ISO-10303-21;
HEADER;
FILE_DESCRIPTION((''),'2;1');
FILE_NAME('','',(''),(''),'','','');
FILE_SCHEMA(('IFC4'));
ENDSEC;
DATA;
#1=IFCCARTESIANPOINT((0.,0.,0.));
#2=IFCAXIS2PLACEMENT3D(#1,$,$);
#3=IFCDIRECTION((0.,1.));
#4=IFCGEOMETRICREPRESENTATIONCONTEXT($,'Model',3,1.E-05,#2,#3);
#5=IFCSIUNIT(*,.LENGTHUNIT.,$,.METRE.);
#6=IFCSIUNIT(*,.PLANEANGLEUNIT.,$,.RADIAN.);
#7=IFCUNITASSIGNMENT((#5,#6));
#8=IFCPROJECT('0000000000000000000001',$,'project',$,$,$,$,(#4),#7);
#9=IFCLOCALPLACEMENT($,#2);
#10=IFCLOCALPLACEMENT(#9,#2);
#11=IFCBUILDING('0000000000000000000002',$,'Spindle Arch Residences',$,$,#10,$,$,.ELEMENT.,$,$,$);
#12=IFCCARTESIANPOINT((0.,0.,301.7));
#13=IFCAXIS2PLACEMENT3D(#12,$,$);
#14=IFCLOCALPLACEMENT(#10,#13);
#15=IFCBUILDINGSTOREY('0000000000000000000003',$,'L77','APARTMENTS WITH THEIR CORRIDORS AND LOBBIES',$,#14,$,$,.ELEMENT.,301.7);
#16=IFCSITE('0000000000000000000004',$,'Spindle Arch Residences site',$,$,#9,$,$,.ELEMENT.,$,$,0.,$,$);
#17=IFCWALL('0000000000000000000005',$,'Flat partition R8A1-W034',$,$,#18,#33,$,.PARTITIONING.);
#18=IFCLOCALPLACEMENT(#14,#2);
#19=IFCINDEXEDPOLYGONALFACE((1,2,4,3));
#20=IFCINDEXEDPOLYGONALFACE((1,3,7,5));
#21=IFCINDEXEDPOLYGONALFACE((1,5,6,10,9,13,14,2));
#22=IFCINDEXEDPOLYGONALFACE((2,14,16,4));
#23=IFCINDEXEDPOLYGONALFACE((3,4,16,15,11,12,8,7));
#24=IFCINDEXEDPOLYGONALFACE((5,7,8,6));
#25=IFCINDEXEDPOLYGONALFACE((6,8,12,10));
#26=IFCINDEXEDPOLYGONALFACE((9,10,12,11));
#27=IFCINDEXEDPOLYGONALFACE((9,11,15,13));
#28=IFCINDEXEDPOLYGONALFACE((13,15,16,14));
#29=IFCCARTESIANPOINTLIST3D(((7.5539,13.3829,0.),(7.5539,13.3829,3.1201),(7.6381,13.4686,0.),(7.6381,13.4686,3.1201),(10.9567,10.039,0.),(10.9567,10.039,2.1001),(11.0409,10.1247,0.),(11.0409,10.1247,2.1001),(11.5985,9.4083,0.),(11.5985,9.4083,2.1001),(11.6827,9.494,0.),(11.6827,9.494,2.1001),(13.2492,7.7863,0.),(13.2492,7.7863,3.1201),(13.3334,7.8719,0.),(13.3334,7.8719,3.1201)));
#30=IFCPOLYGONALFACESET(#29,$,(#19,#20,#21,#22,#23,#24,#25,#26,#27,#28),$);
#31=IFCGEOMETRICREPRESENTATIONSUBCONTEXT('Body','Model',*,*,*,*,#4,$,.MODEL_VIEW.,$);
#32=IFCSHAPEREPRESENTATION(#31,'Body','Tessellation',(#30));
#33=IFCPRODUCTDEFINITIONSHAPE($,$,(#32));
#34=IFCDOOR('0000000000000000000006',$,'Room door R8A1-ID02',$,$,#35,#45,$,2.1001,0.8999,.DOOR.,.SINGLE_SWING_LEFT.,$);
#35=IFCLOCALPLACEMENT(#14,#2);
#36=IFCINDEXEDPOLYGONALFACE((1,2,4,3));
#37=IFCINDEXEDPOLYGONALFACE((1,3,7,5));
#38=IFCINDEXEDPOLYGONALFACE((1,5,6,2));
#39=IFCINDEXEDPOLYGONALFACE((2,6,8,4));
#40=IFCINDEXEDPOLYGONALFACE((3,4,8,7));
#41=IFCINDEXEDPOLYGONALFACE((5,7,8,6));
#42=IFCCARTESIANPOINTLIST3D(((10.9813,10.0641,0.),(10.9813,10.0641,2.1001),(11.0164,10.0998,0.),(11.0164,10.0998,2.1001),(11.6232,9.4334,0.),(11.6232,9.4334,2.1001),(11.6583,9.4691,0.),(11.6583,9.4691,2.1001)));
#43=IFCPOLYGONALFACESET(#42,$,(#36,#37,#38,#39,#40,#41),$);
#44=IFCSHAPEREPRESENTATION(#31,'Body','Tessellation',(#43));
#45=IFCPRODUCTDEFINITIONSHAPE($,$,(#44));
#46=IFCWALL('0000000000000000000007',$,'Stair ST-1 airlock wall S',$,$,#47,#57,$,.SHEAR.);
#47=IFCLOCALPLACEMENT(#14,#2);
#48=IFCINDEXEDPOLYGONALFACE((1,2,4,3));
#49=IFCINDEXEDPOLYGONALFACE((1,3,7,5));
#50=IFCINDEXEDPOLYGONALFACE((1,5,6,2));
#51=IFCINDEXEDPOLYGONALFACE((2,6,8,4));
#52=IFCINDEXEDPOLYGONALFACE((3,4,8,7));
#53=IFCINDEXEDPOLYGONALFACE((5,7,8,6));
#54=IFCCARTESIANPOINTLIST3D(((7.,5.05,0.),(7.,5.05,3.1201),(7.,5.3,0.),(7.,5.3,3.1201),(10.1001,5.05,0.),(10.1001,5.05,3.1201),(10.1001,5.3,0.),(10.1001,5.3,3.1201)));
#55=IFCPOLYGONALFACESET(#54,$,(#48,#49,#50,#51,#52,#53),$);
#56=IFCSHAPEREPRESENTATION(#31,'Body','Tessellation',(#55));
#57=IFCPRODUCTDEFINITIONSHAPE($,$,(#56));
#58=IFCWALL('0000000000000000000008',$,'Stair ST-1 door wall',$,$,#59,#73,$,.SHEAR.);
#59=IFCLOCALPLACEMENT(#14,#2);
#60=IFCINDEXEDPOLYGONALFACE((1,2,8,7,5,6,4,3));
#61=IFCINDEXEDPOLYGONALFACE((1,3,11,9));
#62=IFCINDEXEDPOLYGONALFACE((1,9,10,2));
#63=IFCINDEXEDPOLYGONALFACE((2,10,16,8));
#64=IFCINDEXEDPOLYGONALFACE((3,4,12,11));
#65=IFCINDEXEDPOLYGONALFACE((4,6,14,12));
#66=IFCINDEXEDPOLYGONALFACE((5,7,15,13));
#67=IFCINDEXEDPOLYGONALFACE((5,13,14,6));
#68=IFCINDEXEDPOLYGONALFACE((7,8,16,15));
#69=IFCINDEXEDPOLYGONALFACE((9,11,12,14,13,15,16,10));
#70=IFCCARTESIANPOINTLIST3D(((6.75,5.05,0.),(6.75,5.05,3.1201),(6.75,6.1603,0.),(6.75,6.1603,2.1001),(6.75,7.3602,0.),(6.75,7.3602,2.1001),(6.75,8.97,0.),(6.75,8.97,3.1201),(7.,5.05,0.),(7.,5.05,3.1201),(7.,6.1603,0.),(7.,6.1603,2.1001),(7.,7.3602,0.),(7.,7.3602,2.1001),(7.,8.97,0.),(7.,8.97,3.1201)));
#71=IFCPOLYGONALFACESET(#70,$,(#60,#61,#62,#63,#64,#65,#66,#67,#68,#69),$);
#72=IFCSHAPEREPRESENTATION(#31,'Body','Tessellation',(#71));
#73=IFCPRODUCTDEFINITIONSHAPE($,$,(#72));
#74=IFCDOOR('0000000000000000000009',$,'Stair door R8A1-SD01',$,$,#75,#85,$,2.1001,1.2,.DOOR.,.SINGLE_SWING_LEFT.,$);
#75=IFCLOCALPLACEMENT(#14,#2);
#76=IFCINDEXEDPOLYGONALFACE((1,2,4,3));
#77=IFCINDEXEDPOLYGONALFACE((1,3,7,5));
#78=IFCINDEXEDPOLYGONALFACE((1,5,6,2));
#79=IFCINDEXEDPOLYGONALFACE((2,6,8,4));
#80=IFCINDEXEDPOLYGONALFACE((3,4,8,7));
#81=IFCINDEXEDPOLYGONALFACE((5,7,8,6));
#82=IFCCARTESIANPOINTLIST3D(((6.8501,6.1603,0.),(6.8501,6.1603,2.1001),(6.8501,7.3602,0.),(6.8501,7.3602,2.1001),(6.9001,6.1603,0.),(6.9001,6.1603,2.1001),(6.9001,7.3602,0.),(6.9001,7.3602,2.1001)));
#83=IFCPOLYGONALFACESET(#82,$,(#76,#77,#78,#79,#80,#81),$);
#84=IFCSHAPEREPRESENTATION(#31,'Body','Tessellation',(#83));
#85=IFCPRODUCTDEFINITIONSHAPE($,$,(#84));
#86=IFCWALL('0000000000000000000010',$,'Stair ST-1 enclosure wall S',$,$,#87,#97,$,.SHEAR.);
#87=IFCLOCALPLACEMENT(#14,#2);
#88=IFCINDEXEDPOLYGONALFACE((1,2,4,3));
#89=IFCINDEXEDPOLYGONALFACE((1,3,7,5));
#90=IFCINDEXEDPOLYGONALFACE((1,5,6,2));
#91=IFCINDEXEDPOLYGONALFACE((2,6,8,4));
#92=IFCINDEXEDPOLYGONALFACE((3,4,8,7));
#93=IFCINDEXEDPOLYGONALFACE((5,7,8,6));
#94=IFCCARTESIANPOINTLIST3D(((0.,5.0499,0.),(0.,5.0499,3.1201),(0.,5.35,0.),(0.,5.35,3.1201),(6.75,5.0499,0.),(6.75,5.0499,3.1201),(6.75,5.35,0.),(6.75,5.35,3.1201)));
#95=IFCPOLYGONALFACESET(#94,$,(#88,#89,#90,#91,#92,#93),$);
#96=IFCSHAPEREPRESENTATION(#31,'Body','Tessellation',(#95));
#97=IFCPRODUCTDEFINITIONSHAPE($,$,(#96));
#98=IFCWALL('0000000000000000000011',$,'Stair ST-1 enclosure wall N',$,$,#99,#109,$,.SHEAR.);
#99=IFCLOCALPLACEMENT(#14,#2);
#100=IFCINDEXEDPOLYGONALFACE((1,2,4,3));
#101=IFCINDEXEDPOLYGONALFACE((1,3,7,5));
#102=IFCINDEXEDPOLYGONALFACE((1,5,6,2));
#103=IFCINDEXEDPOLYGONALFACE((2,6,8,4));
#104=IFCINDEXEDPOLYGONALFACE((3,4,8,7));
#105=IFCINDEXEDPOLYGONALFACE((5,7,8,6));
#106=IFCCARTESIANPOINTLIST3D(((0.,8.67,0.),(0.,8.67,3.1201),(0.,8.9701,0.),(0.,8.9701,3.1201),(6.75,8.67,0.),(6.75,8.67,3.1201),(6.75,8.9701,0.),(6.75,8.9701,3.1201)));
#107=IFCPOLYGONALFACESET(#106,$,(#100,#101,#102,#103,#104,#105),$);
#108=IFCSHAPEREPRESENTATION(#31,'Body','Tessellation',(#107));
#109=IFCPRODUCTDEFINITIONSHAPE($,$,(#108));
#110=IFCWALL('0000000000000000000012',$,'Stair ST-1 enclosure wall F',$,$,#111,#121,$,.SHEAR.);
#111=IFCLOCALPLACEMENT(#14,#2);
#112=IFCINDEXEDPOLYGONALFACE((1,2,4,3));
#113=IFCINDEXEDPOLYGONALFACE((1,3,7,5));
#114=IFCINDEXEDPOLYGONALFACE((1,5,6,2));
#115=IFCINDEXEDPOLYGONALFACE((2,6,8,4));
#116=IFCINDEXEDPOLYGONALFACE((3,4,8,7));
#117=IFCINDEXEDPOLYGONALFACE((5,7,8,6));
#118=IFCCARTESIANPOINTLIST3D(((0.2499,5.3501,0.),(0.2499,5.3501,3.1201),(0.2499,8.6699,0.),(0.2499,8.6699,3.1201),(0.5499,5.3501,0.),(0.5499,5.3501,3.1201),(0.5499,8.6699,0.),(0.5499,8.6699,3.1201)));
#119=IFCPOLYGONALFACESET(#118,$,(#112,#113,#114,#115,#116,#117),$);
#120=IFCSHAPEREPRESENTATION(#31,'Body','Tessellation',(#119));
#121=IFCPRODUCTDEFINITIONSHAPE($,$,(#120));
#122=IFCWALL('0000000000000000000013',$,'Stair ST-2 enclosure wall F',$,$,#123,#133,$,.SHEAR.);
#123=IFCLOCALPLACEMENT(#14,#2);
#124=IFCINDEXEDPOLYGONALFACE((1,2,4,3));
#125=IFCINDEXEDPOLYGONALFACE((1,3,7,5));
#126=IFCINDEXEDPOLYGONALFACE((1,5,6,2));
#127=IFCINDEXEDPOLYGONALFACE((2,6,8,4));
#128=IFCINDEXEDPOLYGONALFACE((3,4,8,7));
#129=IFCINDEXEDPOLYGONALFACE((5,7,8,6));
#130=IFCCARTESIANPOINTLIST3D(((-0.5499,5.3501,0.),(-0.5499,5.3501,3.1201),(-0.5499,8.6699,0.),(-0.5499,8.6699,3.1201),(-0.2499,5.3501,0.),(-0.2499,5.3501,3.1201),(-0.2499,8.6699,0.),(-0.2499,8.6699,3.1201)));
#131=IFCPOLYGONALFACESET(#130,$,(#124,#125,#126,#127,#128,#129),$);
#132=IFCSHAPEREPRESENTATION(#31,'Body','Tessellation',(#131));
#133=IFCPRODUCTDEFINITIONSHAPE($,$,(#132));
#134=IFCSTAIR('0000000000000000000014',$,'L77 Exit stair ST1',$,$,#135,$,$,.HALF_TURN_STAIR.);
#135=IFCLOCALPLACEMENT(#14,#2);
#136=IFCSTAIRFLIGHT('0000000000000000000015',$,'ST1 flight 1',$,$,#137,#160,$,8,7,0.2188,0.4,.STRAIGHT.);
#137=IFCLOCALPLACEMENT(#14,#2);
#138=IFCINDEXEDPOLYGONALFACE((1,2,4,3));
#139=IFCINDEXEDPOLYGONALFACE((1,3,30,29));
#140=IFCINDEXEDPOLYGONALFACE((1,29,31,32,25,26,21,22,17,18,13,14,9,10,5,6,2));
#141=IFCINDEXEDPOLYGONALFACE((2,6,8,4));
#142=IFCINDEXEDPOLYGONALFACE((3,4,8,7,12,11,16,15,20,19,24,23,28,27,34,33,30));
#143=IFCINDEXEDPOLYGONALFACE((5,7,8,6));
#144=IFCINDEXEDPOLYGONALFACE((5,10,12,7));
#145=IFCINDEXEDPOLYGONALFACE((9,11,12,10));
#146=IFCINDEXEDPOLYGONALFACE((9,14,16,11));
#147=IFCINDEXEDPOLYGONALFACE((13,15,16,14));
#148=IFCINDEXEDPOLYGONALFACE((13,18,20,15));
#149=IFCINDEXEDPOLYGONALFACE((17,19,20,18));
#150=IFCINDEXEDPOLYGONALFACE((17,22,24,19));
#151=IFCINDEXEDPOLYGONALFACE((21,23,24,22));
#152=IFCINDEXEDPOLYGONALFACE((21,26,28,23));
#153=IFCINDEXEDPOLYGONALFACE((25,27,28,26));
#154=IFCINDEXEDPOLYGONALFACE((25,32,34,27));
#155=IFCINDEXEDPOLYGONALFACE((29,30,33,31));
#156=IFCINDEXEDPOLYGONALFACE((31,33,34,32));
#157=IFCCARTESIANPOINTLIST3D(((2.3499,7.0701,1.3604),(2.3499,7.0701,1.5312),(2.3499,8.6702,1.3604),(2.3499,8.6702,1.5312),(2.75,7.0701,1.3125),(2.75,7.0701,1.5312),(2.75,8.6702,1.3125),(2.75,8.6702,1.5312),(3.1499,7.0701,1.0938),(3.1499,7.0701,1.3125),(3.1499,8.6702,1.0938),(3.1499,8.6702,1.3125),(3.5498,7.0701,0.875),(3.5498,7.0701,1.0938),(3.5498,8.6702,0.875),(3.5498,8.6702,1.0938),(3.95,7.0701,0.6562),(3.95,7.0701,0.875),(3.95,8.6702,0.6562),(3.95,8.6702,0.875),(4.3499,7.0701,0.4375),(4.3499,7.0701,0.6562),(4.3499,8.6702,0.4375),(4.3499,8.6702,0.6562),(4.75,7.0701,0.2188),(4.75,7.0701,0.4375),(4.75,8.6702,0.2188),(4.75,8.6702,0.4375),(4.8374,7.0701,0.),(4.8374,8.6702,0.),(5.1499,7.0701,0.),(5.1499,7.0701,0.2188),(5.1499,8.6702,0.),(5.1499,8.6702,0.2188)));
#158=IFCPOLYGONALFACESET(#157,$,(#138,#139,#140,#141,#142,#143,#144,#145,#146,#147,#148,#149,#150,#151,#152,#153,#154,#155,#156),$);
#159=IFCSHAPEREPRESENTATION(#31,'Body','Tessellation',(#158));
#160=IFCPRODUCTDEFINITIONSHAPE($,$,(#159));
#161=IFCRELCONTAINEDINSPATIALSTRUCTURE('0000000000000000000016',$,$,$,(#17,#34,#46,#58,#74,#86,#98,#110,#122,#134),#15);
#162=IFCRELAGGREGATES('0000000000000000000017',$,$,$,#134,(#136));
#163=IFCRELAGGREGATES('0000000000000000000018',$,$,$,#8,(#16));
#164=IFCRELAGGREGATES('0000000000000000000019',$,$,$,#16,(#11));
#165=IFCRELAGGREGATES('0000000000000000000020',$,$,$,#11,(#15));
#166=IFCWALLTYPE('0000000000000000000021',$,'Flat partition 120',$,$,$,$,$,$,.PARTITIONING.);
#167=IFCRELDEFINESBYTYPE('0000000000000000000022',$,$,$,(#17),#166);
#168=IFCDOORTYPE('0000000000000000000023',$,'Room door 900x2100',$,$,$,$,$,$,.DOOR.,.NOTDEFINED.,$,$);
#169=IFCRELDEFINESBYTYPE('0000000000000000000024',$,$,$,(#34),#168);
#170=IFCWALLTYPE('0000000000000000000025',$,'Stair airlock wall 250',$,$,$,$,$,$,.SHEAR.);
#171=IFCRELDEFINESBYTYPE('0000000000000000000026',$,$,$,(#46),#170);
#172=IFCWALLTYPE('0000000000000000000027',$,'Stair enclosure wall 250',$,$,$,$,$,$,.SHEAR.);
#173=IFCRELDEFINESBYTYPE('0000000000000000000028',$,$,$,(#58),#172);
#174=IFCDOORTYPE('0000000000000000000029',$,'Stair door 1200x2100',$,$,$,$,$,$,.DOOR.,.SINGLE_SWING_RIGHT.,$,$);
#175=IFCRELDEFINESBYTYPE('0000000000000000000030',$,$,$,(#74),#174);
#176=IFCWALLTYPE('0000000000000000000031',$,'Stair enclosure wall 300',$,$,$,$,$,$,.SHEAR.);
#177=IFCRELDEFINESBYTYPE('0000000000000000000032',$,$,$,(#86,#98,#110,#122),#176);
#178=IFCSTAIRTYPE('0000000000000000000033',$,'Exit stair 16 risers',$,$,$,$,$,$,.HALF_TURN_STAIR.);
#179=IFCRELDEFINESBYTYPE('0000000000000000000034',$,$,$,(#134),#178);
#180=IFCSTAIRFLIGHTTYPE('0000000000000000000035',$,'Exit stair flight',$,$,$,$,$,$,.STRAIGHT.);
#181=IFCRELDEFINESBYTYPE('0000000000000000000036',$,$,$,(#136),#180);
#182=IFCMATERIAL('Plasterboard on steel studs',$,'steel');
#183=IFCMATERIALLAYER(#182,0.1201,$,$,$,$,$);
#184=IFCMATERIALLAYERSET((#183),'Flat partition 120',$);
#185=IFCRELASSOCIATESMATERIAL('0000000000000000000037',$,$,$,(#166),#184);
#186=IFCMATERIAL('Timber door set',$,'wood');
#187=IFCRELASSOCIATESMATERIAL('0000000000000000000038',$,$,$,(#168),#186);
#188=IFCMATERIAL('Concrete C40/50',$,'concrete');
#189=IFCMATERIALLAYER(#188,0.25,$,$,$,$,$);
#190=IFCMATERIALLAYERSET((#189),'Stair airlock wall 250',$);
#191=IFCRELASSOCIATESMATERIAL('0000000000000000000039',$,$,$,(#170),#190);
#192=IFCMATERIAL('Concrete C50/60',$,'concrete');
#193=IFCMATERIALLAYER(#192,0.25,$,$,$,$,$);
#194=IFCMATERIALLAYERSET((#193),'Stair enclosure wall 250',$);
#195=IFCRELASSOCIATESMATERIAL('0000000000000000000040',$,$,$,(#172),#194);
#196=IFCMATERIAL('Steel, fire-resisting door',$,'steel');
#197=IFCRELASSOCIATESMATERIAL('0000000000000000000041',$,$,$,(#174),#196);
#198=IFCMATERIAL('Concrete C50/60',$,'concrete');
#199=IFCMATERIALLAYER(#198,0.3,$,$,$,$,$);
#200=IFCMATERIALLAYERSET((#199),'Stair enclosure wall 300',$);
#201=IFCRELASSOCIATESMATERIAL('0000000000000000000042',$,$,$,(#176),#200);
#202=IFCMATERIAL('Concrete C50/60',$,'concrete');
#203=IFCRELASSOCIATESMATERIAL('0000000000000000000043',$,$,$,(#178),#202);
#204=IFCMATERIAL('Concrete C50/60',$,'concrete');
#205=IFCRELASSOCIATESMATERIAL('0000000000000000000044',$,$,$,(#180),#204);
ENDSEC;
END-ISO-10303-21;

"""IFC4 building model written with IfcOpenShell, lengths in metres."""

from ifc_helpers import new_model, si_unit, direction, frame, frame_2d, origin, place, context, subcontext, project, spatial, polyline, rectangle, outline, extrude, material, layer, layer_set, type_object, element, fill, aggregate, save


model = new_model("IFC4")

# Units and contexts
model_context = context("Model", 3, precision=1e-05, world=origin(), true_north=direction((0.0, 1.0)))
body_context = subcontext(model_context, "Body", "Model", "MODEL_VIEW")
ifc_project = project(units=[si_unit("LENGTHUNIT", "METRE"), si_unit("PLANEANGLEUNIT", "RADIAN")], contexts=[model_context])

# Site, building, storey
site_placement = place(None, origin())
site = spatial("IfcSite", under=ifc_project, at=site_placement, Name="Spindle Arch Residences site", CompositionType="ELEMENT", RefElevation=0.0)
building_placement = place(site_placement, origin())
building = spatial("IfcBuilding", under=site, at=building_placement, Name="Spindle Arch Residences", CompositionType="ELEMENT")
storey_placement = place(building_placement, frame((0.0, 0.0, 301.7)))
storey = spatial("IfcBuildingStorey", under=building, at=storey_placement, Name="L77", Description="APARTMENTS WITH THEIR CORRIDORS AND LOBBIES", CompositionType="ELEMENT", Elevation=301.7)

# Shared definitions
ifc_material_1 = material(Name="Plasterboard on steel studs", Category="steel")
ifc_layer_1 = layer(ifc_material_1, 0.1201)
ifc_layer_set_1 = layer_set([ifc_layer_1], Name="Flat partition 120")
wall_type_1 = type_object("IfcWallType", Name="Flat partition 120", PredefinedType="PARTITIONING", material=ifc_layer_set_1)

# Wall, opening, door
wall_1_placement = place(storey_placement, frame((13.2913, 7.8291, 0.0), z_axis=(0.0, 0.0, 1.0), x_axis=(-0.713256, 0.700904, 0.0)))
wall_1 = element("IfcWall", 1, at=wall_1_placement, inside=storey, type_object=wall_type_1, Name="Flat partition R8A1-W034", PredefinedType="PARTITIONING", context=body_context, shape_type="SweptSolid", body=[
    extrude(rectangle(XDim=7.9849, YDim=0.1201, at=frame_2d((3.9924, 0.0))), origin(), (0.0, 0.0, 1.0), 3.1201),
])
opening_1_placement = place(wall_1_placement, frame((2.3142, 0.0, 0.0)))
opening_1 = element("IfcOpeningElement", 2, at=opening_1_placement, cuts=wall_1, PredefinedType="OPENING", context=body_context, shape_type="SweptSolid", body=[
    extrude(rectangle(XDim=0.8999, YDim=2.1001, at=frame_2d((0.45, 1.05))), frame((0.0, 0.0701, 0.0), z_axis=(0.0, -1.0, 0.0), x_axis=(1.0, 0.0, 0.0)), (0.0, 0.0, 1.0), 0.1401),
])
ifc_material_2 = material(Name="Timber door set", Category="wood")
door_type_1 = type_object("IfcDoorType", Name="Room door 900x2100", OperationType="NOTDEFINED", PredefinedType="DOOR", material=ifc_material_2)
door_1_placement = place(opening_1_placement, origin())
door_1 = element("IfcDoor", 3, at=door_1_placement, inside=storey, type_object=door_type_1, Name="Room door R8A1-ID02", OperationType="SINGLE_SWING_LEFT", OverallHeight=2.1001, OverallWidth=0.8999, PredefinedType="DOOR", context=body_context, shape_type="SweptSolid", body=[
    extrude(rectangle(XDim=0.8999, YDim=2.1001, at=frame_2d((0.45, 1.05))), frame((0.0, 0.0249, 0.0), z_axis=(0.0, -1.0, 0.0), x_axis=(1.0, 0.0, 0.0)), (0.0, 0.0, 1.0), 0.05),
])
fill(opening_1, door_1)

# Wall
ifc_material_3 = material(Name="Concrete C40/50", Category="concrete")
ifc_layer_2 = layer(ifc_material_3, 0.25)
ifc_layer_set_2 = layer_set([ifc_layer_2], Name="Stair airlock wall 250")
wall_type_2 = type_object("IfcWallType", Name="Stair airlock wall 250", PredefinedType="SHEAR", material=ifc_layer_set_2)
wall_2_placement = place(storey_placement, frame((7.0, 5.175, 0.0), z_axis=(0.0, 0.0, 1.0), x_axis=(1.0, 0.0, 0.0)))
element("IfcWall", 4, at=wall_2_placement, inside=storey, type_object=wall_type_2, Name="Stair ST-1 airlock wall S", PredefinedType="SHEAR", context=body_context, shape_type="SweptSolid", body=[
    extrude(rectangle(XDim=3.1001, YDim=0.25, at=frame_2d((1.55, 0.0))), origin(), (0.0, 0.0, 1.0), 3.1201),
])

# Wall, opening, door
ifc_material_4 = material(Name="Concrete C50/60", Category="concrete")
ifc_layer_3 = layer(ifc_material_4, 0.25)
ifc_layer_set_3 = layer_set([ifc_layer_3], Name="Stair enclosure wall 250")
wall_type_3 = type_object("IfcWallType", Name="Stair enclosure wall 250", PredefinedType="SHEAR", material=ifc_layer_set_3)
wall_3_placement = place(storey_placement, frame((6.875, 5.05, 0.0), z_axis=(0.0, 0.0, 1.0), x_axis=(0.0, 1.0, 0.0)))
wall_3 = element("IfcWall", 5, at=wall_3_placement, inside=storey, type_object=wall_type_3, Name="Stair ST-1 door wall", PredefinedType="SHEAR", context=body_context, shape_type="SweptSolid", body=[
    extrude(rectangle(XDim=3.9199, YDim=0.25, at=frame_2d((1.96, 0.0))), origin(), (0.0, 0.0, 1.0), 3.1201),
])
opening_2_placement = place(wall_3_placement, frame((1.1101, 0.0, 0.0)))
opening_2 = element("IfcOpeningElement", 6, at=opening_2_placement, cuts=wall_3, PredefinedType="OPENING", context=body_context, shape_type="SweptSolid", body=[
    extrude(rectangle(XDim=1.2, YDim=2.1001, at=frame_2d((0.6001, 1.05))), frame((0.0, 0.135, 0.0), z_axis=(0.0, -1.0, 0.0), x_axis=(1.0, 0.0, 0.0)), (0.0, 0.0, 1.0), 0.27),
])
ifc_material_5 = material(Name="Steel, fire-resisting door", Category="steel")
door_type_2 = type_object("IfcDoorType", Name="Stair door 1200x2100", OperationType="SINGLE_SWING_RIGHT", PredefinedType="DOOR", material=ifc_material_5)
door_2_placement = place(opening_2_placement, origin())
door_2 = element("IfcDoor", 7, at=door_2_placement, inside=storey, type_object=door_type_2, Name="Stair door R8A1-SD01", OperationType="SINGLE_SWING_LEFT", OverallHeight=2.1001, OverallWidth=1.2, PredefinedType="DOOR", context=body_context, shape_type="SweptSolid", body=[
    extrude(rectangle(XDim=1.2, YDim=2.1001, at=frame_2d((0.6001, 1.05))), frame((0.0, 0.0249, 0.0), z_axis=(0.0, -1.0, 0.0), x_axis=(1.0, 0.0, 0.0)), (0.0, 0.0, 1.0), 0.05),
])
fill(opening_2, door_2)

# Walls
ifc_material_6 = material(Name="Concrete C50/60", Category="concrete")
ifc_layer_4 = layer(ifc_material_6, 0.3)
ifc_layer_set_4 = layer_set([ifc_layer_4], Name="Stair enclosure wall 300")
wall_type_4 = type_object("IfcWallType", Name="Stair enclosure wall 300", PredefinedType="SHEAR", material=ifc_layer_set_4)
for number, where, z_axis, x_axis, name in (
    (8, (0.0, 5.2, 0.0), (0.0, 0.0, 1.0), (1.0, 0.0, 0.0), "Stair ST-1 enclosure wall S"),
    (9, (0.0, 8.8201, 0.0), (0.0, 0.0, 1.0), (1.0, 0.0, 0.0), "Stair ST-1 enclosure wall N"),
):
    element("IfcWall", number, at=place(storey_placement, frame(where, z_axis=z_axis, x_axis=x_axis)), inside=storey, type_object=wall_type_4, Name=name, PredefinedType="SHEAR", context=body_context, shape_type="SweptSolid", body=[
        extrude(rectangle(XDim=6.75, YDim=0.3, at=frame_2d((3.375, 0.0))), origin(), (0.0, 0.0, 1.0), 3.1201),
    ])
for number, where, z_axis, x_axis, name in (
    (10, (0.3999, 5.3501, 0.0), (0.0, 0.0, 1.0), (0.0, 1.0, 0.0), "Stair ST-1 enclosure wall F"),
    (11, (-0.3999, 5.3501, 0.0), (0.0, 0.0, 1.0), (0.0, 1.0, 0.0), "Stair ST-2 enclosure wall F"),
):
    element("IfcWall", number, at=place(storey_placement, frame(where, z_axis=z_axis, x_axis=x_axis)), inside=storey, type_object=wall_type_4, Name=name, PredefinedType="SHEAR", context=body_context, shape_type="SweptSolid", body=[
        extrude(rectangle(XDim=3.3198, YDim=0.3, at=frame_2d((1.6599, 0.0))), origin(), (0.0, 0.0, 1.0), 3.1201),
    ])

# Stair, stair flight
ifc_material_7 = material(Name="Concrete C50/60", Category="concrete")
stair_type = type_object("IfcStairType", Name="Exit stair 16 risers", PredefinedType="HALF_TURN_STAIR", material=ifc_material_7)
stair_placement = place(storey_placement, origin())
stair = element("IfcStair", 12, at=stair_placement, inside=storey, type_object=stair_type, Name="L77 Exit stair ST1", PredefinedType="HALF_TURN_STAIR")
ifc_material_8 = material(Name="Concrete C50/60", Category="concrete")
stair_flight_type = type_object("IfcStairFlightType", Name="Exit stair flight", PredefinedType="STRAIGHT", material=ifc_material_8)
stair_flight_1_placement = place(storey_placement, frame((5.1499, 7.8701, 0.0), z_axis=(0.0, 0.0, 1.0), x_axis=(-1.0, 0.0, 0.0)))
stair_flight_1 = element("IfcStairFlight", 13, at=stair_flight_1_placement, type_object=stair_flight_type, Name="ST1 flight 1", NumberOfRisers=8, NumberOfTreads=7, PredefinedType="STRAIGHT", RiserHeight=0.2188, TreadLength=0.4, context=body_context, shape_type="SweptSolid", body=[
    extrude(outline(polyline([(0.0, 0.0), (0.0, 0.2188), (0.3999, 0.2188), (0.3999, 0.4375), (0.8, 0.4375), (0.8, 0.6562), (1.2, 0.6562), (1.2, 0.875), (1.6001, 0.875), (1.6001, 1.0938), (2.0, 1.0938), (2.0, 1.3125), (2.3999, 1.3125), (2.3999, 1.5312), (2.8, 1.5312), (2.8, 1.75), (2.8, 1.3604), (0.3125, 0.0), (0.0, 0.0)])), frame((0.0, 0.8, 0.0), z_axis=(0.0, -1.0, 0.0), x_axis=(1.0, 0.0, 0.0)), (0.0, 0.0, 1.0), 1.6001),
])
aggregate(stair, [stair_flight_1])

save(model, "model.ifc")
